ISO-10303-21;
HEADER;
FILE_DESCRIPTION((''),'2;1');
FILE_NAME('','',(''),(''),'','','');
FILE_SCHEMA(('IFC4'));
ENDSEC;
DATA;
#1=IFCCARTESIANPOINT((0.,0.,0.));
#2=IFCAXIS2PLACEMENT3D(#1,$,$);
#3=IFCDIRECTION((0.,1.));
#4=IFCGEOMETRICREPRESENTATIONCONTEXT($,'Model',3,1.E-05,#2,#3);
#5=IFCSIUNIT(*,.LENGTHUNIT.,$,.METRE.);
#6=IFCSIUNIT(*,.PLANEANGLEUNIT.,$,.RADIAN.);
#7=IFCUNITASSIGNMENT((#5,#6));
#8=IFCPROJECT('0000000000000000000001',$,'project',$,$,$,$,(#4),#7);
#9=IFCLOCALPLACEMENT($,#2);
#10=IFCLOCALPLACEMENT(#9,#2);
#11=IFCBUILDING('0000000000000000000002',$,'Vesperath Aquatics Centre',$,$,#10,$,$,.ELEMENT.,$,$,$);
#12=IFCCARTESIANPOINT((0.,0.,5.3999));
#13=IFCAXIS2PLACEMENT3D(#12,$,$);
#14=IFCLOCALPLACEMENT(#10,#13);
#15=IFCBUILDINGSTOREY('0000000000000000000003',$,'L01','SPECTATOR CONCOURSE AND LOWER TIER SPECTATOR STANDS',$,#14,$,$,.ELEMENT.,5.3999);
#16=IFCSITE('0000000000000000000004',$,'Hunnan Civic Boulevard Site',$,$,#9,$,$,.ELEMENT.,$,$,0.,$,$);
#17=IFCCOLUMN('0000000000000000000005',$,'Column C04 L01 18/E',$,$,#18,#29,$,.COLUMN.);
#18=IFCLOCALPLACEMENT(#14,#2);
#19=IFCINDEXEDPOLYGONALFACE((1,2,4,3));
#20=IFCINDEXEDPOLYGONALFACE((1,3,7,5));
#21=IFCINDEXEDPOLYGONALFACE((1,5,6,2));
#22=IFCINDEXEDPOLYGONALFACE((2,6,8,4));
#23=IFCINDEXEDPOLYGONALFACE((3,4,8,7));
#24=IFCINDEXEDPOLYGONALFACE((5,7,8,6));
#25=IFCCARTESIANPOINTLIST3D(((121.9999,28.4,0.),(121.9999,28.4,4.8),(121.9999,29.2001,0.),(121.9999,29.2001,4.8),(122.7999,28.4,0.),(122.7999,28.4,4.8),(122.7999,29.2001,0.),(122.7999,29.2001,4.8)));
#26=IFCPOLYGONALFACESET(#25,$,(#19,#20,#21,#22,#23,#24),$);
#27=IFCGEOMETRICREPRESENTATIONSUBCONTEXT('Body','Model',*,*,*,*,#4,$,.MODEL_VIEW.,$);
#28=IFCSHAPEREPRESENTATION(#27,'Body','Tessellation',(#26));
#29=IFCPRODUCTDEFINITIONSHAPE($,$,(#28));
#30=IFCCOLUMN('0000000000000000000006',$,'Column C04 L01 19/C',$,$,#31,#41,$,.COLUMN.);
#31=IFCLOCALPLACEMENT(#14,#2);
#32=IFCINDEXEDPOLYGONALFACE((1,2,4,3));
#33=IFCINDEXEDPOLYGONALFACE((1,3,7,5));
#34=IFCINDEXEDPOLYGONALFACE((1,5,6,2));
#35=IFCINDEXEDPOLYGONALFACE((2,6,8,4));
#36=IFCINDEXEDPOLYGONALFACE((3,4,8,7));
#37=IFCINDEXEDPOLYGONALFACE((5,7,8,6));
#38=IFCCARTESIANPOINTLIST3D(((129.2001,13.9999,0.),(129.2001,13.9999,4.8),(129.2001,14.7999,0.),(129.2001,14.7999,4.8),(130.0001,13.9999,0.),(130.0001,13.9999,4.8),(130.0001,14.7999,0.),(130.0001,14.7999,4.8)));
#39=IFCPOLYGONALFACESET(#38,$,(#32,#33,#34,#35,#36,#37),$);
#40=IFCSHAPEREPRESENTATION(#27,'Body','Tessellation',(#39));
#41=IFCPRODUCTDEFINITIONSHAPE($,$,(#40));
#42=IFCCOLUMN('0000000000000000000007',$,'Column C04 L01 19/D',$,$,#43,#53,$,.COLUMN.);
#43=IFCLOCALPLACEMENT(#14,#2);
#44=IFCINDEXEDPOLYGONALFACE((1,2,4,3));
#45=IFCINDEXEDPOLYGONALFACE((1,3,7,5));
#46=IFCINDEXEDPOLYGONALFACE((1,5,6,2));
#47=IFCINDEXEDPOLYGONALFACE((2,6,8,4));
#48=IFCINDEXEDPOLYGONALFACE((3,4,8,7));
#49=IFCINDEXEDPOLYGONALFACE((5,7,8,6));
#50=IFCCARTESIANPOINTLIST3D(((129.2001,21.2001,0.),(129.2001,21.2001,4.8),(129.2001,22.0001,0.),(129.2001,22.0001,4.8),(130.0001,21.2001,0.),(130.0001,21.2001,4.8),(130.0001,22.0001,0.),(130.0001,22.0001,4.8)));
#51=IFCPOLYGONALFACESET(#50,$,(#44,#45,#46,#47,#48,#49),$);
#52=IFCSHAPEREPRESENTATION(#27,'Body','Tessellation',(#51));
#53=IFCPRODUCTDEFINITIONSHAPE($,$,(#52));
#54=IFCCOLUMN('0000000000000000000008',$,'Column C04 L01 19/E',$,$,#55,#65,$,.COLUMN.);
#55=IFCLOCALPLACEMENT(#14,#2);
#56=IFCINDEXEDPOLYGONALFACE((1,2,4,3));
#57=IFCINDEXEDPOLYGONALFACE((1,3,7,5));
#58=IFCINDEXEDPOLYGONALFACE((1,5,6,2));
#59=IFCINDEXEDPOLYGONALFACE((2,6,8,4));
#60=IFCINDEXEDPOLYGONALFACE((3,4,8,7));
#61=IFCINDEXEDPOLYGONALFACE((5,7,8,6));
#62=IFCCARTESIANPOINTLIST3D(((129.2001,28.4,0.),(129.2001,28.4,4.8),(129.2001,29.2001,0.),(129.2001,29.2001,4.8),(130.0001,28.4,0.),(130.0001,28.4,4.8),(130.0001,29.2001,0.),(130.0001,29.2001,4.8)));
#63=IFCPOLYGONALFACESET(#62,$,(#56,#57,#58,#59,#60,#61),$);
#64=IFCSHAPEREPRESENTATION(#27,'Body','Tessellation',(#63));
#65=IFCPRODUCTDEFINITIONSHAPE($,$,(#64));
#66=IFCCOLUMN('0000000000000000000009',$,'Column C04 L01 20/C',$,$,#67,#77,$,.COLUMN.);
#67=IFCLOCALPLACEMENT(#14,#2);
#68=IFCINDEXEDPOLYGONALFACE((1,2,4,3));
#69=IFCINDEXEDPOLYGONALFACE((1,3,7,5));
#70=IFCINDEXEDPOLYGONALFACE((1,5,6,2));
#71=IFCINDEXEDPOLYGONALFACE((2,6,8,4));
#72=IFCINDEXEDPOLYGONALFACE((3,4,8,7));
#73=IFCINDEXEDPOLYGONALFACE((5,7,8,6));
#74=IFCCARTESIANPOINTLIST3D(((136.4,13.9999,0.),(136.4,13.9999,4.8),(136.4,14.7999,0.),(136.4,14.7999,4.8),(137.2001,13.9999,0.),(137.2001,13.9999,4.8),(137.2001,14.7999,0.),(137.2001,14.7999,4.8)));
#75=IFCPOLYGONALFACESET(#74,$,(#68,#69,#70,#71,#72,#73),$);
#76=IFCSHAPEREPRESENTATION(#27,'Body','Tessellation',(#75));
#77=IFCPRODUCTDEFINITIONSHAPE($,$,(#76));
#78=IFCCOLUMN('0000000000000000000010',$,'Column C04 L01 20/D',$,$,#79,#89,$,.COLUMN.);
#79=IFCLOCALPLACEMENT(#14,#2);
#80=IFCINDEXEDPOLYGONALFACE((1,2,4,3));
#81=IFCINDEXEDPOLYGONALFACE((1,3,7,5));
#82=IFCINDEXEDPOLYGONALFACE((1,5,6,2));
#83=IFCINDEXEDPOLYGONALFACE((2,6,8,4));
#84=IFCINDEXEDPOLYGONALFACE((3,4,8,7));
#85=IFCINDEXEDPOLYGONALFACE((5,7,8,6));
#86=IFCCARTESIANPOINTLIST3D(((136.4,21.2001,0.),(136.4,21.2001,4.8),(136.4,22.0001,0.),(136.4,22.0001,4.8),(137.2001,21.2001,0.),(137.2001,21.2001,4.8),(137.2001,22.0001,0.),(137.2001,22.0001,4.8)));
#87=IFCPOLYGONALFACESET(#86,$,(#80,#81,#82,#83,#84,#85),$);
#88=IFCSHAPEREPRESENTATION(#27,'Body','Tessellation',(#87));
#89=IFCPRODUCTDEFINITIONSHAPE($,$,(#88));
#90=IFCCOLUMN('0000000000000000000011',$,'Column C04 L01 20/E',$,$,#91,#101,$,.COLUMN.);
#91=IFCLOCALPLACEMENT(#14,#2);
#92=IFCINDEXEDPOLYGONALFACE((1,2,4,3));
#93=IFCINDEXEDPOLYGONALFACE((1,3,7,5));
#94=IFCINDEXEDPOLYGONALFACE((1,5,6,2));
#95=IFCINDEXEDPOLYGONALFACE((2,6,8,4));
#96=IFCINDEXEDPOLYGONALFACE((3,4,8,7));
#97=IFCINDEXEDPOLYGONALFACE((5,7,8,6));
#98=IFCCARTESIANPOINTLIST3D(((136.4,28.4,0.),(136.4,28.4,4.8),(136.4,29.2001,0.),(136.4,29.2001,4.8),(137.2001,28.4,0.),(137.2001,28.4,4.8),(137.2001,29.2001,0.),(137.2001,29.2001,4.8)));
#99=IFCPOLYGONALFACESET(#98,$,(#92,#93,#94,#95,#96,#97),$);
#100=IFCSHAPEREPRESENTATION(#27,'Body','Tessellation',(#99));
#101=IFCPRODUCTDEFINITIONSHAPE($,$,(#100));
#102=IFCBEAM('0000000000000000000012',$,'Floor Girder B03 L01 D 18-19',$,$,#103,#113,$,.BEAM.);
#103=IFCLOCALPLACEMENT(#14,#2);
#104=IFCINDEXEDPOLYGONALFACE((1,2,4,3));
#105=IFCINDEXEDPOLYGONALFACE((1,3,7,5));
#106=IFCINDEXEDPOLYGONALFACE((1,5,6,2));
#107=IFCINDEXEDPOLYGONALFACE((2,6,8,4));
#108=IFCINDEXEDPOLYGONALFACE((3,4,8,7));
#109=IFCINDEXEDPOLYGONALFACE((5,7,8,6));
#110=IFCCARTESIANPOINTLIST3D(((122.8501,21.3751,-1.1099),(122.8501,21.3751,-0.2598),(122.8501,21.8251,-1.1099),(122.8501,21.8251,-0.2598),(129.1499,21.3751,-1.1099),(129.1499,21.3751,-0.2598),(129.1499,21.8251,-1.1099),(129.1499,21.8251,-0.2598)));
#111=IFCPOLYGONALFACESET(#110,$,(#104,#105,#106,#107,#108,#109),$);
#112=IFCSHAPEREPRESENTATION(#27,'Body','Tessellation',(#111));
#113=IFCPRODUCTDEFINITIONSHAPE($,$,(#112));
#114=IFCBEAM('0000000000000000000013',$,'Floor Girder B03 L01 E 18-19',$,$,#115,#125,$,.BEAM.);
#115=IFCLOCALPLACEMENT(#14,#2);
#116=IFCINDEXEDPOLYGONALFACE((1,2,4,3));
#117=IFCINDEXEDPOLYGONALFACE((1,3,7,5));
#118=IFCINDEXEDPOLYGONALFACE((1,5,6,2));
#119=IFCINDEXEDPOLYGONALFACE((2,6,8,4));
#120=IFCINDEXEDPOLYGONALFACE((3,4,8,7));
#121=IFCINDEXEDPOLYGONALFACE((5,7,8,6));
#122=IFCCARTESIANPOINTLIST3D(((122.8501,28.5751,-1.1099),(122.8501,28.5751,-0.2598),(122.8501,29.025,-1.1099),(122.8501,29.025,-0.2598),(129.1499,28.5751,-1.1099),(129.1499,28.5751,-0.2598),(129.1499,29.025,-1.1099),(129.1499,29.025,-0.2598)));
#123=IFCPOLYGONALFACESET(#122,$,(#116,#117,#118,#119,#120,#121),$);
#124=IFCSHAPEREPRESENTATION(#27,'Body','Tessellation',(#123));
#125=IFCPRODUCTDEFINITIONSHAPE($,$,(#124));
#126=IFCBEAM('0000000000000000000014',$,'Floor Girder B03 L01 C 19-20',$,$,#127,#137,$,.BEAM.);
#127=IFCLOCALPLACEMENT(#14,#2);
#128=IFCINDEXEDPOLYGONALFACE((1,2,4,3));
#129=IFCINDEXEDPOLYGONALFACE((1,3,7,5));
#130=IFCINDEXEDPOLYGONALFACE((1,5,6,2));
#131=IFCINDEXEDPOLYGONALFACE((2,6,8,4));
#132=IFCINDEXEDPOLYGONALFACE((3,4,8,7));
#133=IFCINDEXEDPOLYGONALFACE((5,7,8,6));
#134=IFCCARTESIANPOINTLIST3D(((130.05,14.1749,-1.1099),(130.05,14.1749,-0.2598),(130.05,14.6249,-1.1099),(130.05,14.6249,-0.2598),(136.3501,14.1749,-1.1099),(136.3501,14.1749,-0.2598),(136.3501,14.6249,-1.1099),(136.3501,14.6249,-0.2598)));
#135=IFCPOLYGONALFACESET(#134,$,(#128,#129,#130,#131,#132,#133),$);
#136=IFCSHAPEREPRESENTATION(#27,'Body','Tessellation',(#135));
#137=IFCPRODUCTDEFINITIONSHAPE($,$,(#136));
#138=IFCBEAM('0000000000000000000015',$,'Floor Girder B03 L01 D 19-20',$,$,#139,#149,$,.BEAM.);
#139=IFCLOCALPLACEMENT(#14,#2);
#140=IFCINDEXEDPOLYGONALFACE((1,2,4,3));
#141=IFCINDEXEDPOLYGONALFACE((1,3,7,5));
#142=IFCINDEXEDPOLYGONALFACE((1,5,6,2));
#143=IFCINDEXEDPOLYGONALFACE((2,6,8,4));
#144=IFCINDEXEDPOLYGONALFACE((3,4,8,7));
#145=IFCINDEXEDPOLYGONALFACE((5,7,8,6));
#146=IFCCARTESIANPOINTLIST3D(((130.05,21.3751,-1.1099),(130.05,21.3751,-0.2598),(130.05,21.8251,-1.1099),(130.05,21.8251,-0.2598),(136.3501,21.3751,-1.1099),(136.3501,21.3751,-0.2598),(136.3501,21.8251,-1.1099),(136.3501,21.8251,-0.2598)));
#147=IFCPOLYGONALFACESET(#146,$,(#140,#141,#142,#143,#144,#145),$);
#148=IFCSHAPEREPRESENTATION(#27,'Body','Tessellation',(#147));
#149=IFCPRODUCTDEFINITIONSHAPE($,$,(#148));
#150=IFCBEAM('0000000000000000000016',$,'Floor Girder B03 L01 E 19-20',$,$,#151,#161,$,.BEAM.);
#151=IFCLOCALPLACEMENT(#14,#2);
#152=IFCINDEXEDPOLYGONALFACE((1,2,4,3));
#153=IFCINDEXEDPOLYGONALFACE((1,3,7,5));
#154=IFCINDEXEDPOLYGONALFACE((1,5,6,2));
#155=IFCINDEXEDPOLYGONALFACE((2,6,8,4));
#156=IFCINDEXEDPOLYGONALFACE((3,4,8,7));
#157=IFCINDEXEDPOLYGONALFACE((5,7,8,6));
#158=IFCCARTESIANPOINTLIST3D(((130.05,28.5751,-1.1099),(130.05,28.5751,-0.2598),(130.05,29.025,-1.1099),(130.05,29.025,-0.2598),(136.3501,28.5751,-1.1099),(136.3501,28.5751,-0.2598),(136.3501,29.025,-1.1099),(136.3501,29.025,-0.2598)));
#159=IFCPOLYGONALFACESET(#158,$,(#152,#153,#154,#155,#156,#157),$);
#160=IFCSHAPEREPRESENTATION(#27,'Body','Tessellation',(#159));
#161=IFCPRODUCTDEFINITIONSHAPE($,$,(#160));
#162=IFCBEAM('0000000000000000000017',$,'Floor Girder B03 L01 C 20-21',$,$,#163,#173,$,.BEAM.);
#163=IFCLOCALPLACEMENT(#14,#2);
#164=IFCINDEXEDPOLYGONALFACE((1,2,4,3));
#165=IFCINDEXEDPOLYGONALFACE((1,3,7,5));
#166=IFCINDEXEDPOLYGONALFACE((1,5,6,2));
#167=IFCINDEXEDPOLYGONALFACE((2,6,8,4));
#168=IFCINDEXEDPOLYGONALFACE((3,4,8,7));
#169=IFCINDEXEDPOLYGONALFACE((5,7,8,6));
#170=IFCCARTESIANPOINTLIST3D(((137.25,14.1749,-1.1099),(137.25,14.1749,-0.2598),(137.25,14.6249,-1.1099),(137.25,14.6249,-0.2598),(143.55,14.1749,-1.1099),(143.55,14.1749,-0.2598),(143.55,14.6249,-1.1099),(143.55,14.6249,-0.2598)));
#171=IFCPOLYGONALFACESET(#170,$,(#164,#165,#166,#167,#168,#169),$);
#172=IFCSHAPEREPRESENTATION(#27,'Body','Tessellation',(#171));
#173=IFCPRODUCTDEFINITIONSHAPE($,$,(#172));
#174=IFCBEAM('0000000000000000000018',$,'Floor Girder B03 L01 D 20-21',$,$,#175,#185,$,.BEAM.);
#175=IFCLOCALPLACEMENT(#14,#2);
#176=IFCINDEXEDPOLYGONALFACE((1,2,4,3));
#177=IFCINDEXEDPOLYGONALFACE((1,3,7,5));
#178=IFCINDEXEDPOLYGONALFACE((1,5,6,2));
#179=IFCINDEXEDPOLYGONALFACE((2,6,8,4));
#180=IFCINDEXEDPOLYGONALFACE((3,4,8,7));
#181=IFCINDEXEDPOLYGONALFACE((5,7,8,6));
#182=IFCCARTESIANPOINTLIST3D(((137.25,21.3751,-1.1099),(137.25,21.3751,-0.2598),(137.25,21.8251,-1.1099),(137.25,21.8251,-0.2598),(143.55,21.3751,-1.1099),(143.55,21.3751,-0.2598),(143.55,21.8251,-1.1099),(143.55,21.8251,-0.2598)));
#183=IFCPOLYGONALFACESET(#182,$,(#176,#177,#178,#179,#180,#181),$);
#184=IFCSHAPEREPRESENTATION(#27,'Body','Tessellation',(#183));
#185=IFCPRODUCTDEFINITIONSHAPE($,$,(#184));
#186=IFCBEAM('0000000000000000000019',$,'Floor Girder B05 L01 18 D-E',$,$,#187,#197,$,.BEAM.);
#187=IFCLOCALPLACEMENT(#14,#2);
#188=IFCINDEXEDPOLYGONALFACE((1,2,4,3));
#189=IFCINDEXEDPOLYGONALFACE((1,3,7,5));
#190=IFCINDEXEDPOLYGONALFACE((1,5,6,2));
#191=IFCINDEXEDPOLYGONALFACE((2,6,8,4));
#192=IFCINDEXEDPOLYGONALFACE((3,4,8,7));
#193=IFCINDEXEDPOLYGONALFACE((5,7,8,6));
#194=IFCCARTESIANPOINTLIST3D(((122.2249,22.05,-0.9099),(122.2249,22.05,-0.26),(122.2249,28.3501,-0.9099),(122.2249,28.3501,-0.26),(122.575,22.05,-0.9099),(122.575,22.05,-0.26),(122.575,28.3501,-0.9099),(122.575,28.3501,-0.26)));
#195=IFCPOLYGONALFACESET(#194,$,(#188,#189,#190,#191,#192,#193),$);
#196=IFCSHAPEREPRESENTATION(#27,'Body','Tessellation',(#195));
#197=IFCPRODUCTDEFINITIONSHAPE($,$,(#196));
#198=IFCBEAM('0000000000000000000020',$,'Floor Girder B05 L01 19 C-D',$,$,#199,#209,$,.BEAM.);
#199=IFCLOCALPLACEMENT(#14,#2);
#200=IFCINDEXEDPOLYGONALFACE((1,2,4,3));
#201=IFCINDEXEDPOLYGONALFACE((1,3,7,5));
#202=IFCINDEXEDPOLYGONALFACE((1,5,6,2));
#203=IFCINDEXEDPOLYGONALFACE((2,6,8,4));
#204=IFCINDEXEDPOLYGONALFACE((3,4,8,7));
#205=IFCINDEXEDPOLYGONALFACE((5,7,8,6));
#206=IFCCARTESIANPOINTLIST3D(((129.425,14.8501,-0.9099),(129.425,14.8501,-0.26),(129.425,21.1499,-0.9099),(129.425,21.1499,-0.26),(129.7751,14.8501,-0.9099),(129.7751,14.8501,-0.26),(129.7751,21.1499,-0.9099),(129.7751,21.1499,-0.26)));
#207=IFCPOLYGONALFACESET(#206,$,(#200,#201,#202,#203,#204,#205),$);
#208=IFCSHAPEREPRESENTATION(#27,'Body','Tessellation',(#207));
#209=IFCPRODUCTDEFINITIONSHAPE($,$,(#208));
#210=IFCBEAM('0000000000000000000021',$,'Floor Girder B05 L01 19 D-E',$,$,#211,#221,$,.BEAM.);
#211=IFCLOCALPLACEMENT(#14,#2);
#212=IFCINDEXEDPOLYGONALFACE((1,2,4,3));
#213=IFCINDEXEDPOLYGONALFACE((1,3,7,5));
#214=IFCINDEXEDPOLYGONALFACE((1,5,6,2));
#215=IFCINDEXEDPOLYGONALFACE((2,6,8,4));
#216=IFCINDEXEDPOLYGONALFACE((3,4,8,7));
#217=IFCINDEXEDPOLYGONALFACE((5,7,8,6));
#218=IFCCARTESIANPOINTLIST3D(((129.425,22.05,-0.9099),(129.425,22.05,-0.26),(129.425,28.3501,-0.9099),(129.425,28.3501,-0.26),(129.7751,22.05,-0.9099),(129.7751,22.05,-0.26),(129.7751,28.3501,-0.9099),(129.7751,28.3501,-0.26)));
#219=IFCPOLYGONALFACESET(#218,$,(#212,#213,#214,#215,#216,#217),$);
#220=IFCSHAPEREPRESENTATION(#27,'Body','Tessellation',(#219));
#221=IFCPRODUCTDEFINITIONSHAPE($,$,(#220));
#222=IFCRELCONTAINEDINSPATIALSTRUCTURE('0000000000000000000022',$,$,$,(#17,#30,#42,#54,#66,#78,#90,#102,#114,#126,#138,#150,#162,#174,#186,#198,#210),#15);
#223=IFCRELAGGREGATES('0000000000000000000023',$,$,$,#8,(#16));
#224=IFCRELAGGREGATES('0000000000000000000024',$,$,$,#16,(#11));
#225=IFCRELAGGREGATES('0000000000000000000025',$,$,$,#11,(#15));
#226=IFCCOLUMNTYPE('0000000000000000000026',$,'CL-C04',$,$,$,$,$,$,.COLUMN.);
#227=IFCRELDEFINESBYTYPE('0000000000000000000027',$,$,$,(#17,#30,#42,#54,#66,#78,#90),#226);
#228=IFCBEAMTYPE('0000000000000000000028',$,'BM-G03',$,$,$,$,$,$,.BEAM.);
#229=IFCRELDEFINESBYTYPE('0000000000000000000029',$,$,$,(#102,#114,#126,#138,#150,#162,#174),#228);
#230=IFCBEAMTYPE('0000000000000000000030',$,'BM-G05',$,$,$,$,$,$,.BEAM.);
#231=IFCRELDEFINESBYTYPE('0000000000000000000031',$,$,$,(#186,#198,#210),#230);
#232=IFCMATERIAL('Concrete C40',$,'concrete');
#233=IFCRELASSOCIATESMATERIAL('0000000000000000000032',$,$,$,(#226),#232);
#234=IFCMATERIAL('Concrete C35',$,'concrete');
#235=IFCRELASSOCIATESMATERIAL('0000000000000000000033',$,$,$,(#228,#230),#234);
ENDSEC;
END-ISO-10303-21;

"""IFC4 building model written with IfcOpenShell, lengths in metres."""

from ifc_helpers import new_model, si_unit, direction, frame, origin, origin_2d, place, context, subcontext, project, spatial, rectangle, extrude, material, material_profile, profile_set, type_object, element, save


model = new_model("IFC4")

# Units and contexts
model_context = context("Model", 3, precision=1e-05, world=origin(), true_north=direction((0.0, 1.0)))
body_context = subcontext(model_context, "Body", "Model", "MODEL_VIEW")
ifc_project = project(units=[si_unit("LENGTHUNIT", "METRE"), si_unit("PLANEANGLEUNIT", "RADIAN")], contexts=[model_context])

# Site, building, storey
site_placement = place(None, origin())
site = spatial("IfcSite", under=ifc_project, at=site_placement, Name="Hunnan Civic Boulevard Site", CompositionType="ELEMENT", RefElevation=0.0)
building_placement = place(site_placement, origin())
building = spatial("IfcBuilding", under=site, at=building_placement, Name="Vesperath Aquatics Centre", CompositionType="ELEMENT")
storey_placement = place(building_placement, frame((0.0, 0.0, 5.3999)))
storey = spatial("IfcBuildingStorey", under=building, at=storey_placement, Name="L01", Description="SPECTATOR CONCOURSE AND LOWER TIER SPECTATOR STANDS", CompositionType="ELEMENT", Elevation=5.3999)

# Columns
ifc_material_1 = material(Name="Concrete C40", Category="concrete")
ifc_material_profile_1 = material_profile(ifc_material_1, rectangle(XDim=0.8, YDim=0.8, at=origin_2d()), Name="RC 800x800")
ifc_profile_set_1 = profile_set([ifc_material_profile_1], Name="Concrete C40")
column_type = type_object("IfcColumnType", Name="CL-C04", PredefinedType="COLUMN", material=ifc_profile_set_1)
for number, where, z_axis, x_axis, name in (
    (1, (122.3999, 28.8, 0.0), (0.0, 0.0, 1.0), (1.0, 0.0, 0.0), "Column C04 L01 18/E"),
    (2, (129.6001, 14.3999, 0.0), (0.0, 0.0, 1.0), (1.0, 0.0, 0.0), "Column C04 L01 19/C"),
    (3, (129.6001, 21.6001, 0.0), (0.0, 0.0, 1.0), (1.0, 0.0, 0.0), "Column C04 L01 19/D"),
    (4, (129.6001, 28.8, 0.0), (0.0, 0.0, 1.0), (1.0, 0.0, 0.0), "Column C04 L01 19/E"),
    (5, (136.8, 14.3999, 0.0), (0.0, 0.0, 1.0), (1.0, 0.0, 0.0), "Column C04 L01 20/C"),
    (6, (136.8, 21.6001, 0.0), (0.0, 0.0, 1.0), (1.0, 0.0, 0.0), "Column C04 L01 20/D"),
    (7, (136.8, 28.8, 0.0), (0.0, 0.0, 1.0), (1.0, 0.0, 0.0), "Column C04 L01 20/E"),
):
    element("IfcColumn", number, at=place(storey_placement, frame(where, z_axis=z_axis, x_axis=x_axis)), inside=storey, type_object=column_type, Name=name, PredefinedType="COLUMN", context=body_context, shape_type="SweptSolid", body=[
        extrude(rectangle(XDim=0.8, YDim=0.8, at=origin_2d()), origin(), (0.0, 0.0, 1.0), 4.8),
    ])

# Beams
ifc_material_2 = material(Name="Concrete C35", Category="concrete")
ifc_material_profile_2 = material_profile(ifc_material_2, rectangle(XDim=0.45, YDim=0.8501, at=origin_2d()), Name="RC 450x850")
ifc_profile_set_2 = profile_set([ifc_material_profile_2], Name="Concrete C35")
beam_type_1 = type_object("IfcBeamType", Name="BM-G03", PredefinedType="BEAM", material=ifc_profile_set_2)
for number, where, z_axis, x_axis, name in (
    (8, (122.8501, 21.6001, -0.6848), (1.0, 0.0, 0.0), (0.0, 1.0, 0.0), "Floor Girder B03 L01 D 18-19"),
    (9, (122.8501, 28.8, -0.6848), (1.0, 0.0, 0.0), (0.0, 1.0, 0.0), "Floor Girder B03 L01 E 18-19"),
):
    element("IfcBeam", number, at=place(storey_placement, frame(where, z_axis=z_axis, x_axis=x_axis)), inside=storey, type_object=beam_type_1, Name=name, PredefinedType="BEAM", context=body_context, shape_type="SweptSolid", body=[
        extrude(rectangle(XDim=0.45, YDim=0.8501, at=origin_2d()), origin(), (0.0, 0.0, 1.0), 6.2998),
    ])
for number, where, z_axis, x_axis, name in (
    (10, (130.05, 14.3999, -0.6848), (1.0, 0.0, 0.0), (0.0, 1.0, 0.0), "Floor Girder B03 L01 C 19-20"),
    (11, (130.05, 21.6001, -0.6848), (1.0, 0.0, 0.0), (0.0, 1.0, 0.0), "Floor Girder B03 L01 D 19-20"),
    (12, (130.05, 28.8, -0.6848), (1.0, 0.0, 0.0), (0.0, 1.0, 0.0), "Floor Girder B03 L01 E 19-20"),
    (13, (137.25, 14.3999, -0.6848), (1.0, 0.0, 0.0), (0.0, 1.0, 0.0), "Floor Girder B03 L01 C 20-21"),
    (14, (137.25, 21.6001, -0.6848), (1.0, 0.0, 0.0), (0.0, 1.0, 0.0), "Floor Girder B03 L01 D 20-21"),
):
    element("IfcBeam", number, at=place(storey_placement, frame(where, z_axis=z_axis, x_axis=x_axis)), inside=storey, type_object=beam_type_1, Name=name, PredefinedType="BEAM", context=body_context, shape_type="SweptSolid", body=[
        extrude(rectangle(XDim=0.45, YDim=0.8501, at=origin_2d()), origin(), (0.0, 0.0, 1.0), 6.3),
    ])
ifc_material_profile_3 = material_profile(ifc_material_2, rectangle(XDim=0.3501, YDim=0.6499, at=origin_2d()), Name="RC 350x650")
ifc_profile_set_3 = profile_set([ifc_material_profile_3], Name="Concrete C35")
beam_type_2 = type_object("IfcBeamType", Name="BM-G05", PredefinedType="BEAM", material=ifc_profile_set_3)
beam_1_placement = place(storey_placement, frame((122.3999, 22.05, -0.585), z_axis=(0.0, 1.0, 0.0), x_axis=(-1.0, 0.0, 0.0)))
element("IfcBeam", 15, at=beam_1_placement, inside=storey, type_object=beam_type_2, Name="Floor Girder B05 L01 18 D-E", PredefinedType="BEAM", context=body_context, shape_type="SweptSolid", body=[
    extrude(rectangle(XDim=0.3501, YDim=0.6499, at=origin_2d()), origin(), (0.0, 0.0, 1.0), 6.3),
])
beam_2_placement = place(storey_placement, frame((129.6001, 14.8501, -0.585), z_axis=(0.0, 1.0, 0.0), x_axis=(-1.0, 0.0, 0.0)))
element("IfcBeam", 16, at=beam_2_placement, inside=storey, type_object=beam_type_2, Name="Floor Girder B05 L01 19 C-D", PredefinedType="BEAM", context=body_context, shape_type="SweptSolid", body=[
    extrude(rectangle(XDim=0.3501, YDim=0.6499, at=origin_2d()), origin(), (0.0, 0.0, 1.0), 6.2998),
])
beam_3_placement = place(storey_placement, frame((129.6001, 22.05, -0.585), z_axis=(0.0, 1.0, 0.0), x_axis=(-1.0, 0.0, 0.0)))
element("IfcBeam", 17, at=beam_3_placement, inside=storey, type_object=beam_type_2, Name="Floor Girder B05 L01 19 D-E", PredefinedType="BEAM", context=body_context, shape_type="SweptSolid", body=[
    extrude(rectangle(XDim=0.3501, YDim=0.6499, at=origin_2d()), origin(), (0.0, 0.0, 1.0), 6.3),
])

save(model, "model.ifc")
